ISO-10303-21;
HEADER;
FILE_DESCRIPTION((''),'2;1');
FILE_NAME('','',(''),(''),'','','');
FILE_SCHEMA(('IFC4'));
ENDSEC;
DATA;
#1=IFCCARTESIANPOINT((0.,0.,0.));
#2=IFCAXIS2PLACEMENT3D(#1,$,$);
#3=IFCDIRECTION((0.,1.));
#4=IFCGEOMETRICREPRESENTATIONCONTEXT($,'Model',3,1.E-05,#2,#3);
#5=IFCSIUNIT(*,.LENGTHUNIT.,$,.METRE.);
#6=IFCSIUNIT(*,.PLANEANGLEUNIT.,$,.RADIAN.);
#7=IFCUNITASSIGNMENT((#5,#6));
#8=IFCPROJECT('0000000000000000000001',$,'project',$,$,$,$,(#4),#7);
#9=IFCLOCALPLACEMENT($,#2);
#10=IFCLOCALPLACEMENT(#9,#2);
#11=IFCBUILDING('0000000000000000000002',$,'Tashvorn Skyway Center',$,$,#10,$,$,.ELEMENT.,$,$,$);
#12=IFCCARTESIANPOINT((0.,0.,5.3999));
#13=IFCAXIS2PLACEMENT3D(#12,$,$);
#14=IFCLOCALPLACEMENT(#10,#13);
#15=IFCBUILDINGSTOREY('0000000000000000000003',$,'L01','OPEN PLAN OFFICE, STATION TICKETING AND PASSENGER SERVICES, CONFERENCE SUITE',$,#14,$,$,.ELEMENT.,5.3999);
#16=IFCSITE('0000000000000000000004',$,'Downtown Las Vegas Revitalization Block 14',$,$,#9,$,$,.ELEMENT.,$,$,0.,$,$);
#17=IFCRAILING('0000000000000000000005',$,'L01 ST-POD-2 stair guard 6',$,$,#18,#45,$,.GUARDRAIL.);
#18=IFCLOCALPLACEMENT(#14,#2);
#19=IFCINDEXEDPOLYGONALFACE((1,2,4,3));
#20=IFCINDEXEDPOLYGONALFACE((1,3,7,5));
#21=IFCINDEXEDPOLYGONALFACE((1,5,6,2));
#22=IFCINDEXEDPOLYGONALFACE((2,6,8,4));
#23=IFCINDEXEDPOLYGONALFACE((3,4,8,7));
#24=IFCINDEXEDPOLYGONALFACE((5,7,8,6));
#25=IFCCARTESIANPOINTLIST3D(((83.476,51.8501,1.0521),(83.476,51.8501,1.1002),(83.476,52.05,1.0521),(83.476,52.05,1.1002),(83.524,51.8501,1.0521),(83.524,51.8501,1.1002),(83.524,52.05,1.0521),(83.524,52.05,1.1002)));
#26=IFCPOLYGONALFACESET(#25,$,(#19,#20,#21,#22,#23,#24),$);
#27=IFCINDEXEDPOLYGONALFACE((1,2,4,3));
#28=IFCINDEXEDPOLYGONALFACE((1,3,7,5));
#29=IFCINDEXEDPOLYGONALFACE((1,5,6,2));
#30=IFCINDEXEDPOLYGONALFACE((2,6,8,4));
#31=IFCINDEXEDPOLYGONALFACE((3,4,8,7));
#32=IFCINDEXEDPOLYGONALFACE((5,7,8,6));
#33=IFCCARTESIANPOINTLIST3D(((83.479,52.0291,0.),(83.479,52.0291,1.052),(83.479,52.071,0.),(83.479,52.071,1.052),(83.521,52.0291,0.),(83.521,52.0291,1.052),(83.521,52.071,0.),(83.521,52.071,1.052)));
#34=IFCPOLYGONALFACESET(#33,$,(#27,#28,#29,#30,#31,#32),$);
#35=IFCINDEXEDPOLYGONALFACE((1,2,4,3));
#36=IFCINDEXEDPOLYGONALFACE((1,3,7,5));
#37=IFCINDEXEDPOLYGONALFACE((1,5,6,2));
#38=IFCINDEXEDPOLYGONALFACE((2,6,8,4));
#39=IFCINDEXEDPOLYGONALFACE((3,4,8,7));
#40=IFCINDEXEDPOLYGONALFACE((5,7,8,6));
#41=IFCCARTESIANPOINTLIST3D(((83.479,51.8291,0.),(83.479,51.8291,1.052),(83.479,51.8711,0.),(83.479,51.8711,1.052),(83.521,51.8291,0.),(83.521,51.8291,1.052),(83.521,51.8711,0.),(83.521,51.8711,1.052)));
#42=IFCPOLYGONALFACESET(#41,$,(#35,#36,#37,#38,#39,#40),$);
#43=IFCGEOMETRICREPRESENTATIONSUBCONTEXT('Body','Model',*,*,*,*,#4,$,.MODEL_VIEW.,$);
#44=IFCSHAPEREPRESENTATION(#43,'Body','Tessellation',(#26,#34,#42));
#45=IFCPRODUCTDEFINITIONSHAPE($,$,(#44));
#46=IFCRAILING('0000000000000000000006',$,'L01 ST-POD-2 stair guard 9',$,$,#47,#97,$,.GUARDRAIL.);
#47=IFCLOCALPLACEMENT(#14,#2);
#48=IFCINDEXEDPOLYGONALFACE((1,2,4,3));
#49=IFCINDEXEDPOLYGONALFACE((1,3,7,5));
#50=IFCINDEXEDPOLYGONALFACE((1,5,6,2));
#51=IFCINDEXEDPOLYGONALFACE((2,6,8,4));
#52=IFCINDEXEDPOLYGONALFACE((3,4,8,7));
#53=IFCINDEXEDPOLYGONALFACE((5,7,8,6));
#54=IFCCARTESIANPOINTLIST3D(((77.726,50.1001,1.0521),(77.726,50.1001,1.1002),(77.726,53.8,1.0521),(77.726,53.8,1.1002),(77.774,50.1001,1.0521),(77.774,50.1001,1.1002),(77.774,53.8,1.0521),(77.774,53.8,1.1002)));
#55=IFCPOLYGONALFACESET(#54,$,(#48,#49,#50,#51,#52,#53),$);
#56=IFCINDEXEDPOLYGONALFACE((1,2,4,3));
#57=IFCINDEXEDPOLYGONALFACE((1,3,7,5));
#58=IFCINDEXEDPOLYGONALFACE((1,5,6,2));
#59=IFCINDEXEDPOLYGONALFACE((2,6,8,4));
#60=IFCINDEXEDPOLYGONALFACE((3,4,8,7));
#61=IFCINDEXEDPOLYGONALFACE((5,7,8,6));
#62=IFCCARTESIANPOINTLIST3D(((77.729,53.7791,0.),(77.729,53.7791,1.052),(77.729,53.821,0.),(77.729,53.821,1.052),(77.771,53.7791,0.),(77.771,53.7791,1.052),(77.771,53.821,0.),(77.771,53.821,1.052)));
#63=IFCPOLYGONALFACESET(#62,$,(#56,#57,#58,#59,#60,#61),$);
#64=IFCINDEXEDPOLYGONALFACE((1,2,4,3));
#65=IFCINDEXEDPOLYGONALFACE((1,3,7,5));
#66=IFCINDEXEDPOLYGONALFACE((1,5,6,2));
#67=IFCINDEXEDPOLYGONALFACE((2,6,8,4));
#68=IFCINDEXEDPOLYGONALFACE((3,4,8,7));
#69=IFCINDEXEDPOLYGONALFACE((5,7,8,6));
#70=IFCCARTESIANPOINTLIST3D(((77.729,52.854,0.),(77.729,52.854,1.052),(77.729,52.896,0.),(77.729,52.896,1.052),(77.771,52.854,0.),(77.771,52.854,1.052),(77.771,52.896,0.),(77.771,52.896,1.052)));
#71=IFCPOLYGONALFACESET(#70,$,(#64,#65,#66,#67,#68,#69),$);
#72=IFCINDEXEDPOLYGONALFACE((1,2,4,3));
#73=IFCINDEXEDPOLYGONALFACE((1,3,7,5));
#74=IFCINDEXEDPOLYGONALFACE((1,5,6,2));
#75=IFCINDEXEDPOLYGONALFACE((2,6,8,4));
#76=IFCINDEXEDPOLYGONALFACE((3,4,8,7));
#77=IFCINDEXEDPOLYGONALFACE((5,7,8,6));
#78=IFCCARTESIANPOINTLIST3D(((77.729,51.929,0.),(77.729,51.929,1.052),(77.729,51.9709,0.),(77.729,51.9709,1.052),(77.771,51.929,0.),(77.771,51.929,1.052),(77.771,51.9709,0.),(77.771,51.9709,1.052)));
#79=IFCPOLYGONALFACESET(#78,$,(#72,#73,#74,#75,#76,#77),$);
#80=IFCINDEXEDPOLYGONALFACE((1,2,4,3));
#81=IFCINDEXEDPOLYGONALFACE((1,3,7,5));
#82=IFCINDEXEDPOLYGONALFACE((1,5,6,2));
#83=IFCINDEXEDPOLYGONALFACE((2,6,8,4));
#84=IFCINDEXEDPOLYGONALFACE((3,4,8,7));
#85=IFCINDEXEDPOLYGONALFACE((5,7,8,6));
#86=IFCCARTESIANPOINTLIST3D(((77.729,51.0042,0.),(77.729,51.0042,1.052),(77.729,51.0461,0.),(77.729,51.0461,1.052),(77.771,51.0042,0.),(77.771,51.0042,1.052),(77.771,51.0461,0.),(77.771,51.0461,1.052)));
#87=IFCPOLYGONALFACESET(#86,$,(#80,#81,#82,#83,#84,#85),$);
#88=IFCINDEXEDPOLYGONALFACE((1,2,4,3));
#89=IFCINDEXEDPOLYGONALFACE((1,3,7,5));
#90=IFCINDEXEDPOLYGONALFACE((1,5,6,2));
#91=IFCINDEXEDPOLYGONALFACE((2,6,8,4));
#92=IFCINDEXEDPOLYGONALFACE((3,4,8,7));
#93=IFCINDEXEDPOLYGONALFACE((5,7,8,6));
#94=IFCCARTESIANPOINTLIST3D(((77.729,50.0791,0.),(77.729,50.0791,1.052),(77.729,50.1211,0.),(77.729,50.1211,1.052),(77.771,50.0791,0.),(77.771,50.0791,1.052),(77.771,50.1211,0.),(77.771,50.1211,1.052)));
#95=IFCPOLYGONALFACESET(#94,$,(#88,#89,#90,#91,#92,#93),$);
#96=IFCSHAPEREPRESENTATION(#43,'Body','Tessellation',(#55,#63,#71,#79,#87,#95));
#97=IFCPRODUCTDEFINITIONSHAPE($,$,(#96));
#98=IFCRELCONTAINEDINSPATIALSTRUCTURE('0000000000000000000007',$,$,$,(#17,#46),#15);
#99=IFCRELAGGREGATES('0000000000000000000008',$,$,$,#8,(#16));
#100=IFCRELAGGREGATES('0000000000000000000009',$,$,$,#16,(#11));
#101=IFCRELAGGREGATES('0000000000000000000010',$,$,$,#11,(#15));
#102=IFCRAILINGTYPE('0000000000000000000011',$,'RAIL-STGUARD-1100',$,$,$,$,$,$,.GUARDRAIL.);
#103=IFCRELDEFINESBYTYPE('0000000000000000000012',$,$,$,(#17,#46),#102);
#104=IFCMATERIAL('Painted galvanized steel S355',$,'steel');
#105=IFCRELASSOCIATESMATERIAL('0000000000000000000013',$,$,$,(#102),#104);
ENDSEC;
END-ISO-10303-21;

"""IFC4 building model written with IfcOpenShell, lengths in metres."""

from ifc_helpers import new_model, si_unit, direction, frame, origin, origin_2d, place, context, subcontext, project, spatial, rectangle, extrude, material, type_object, element, save


model = new_model("IFC4")

# Units and contexts
model_context = context("Model", 3, precision=1e-05, world=origin(), true_north=direction((0.0, 1.0)))
body_context = subcontext(model_context, "Body", "Model", "MODEL_VIEW")
ifc_project = project(units=[si_unit("LENGTHUNIT", "METRE"), si_unit("PLANEANGLEUNIT", "RADIAN")], contexts=[model_context])

# Site, building, storey
site_placement = place(None, origin())
site = spatial("IfcSite", under=ifc_project, at=site_placement, Name="Downtown Las Vegas Revitalization Block 14", CompositionType="ELEMENT", RefElevation=0.0)
building_placement = place(site_placement, origin())
building = spatial("IfcBuilding", under=site, at=building_placement, Name="Tashvorn Skyway Center", CompositionType="ELEMENT")
storey_placement = place(building_placement, frame((0.0, 0.0, 5.3999)))
storey = spatial("IfcBuildingStorey", under=building, at=storey_placement, Name="L01", Description="OPEN PLAN OFFICE, STATION TICKETING AND PASSENGER SERVICES, CONFERENCE SUITE", CompositionType="ELEMENT", Elevation=5.3999)

# Railings
ifc_material_1 = material(Name="Painted galvanized steel S355", Category="steel")
railing_type_1 = type_object("IfcRailingType", Name="RAIL-STGUARD-1100", PredefinedType="GUARDRAIL", material=ifc_material_1)
railing_1_placement = place(storey_placement, frame((83.5, 52.05, 0.0)))
element("IfcRailing", 1, at=railing_1_placement, inside=storey, type_object=railing_type_1, Name="L01 ST-POD-2 stair guard 6", PredefinedType="GUARDRAIL", context=body_context, shape_type="SweptSolid", body=[
    extrude(rectangle(XDim=0.0481, YDim=0.0481, at=origin_2d()), frame((0.0, 0.0, 1.0762), z_axis=(0.0, -1.0, 0.0), x_axis=(1.0, 0.0, 0.0)), (0.0, 0.0, 1.0), 0.2),
    extrude(rectangle(XDim=0.042, YDim=0.042, at=origin_2d()), origin(), (0.0, 0.0, 1.0), 1.052),
    extrude(rectangle(XDim=0.042, YDim=0.042, at=origin_2d()), frame((0.0, -0.2, 0.0)), (0.0, 0.0, 1.0), 1.052),
])
railing_2_placement = place(storey_placement, frame((77.75, 53.8, 0.0)))
element("IfcRailing", 2, at=railing_2_placement, inside=storey, type_object=railing_type_1, Name="L01 ST-POD-2 stair guard 9", PredefinedType="GUARDRAIL", context=body_context, shape_type="SweptSolid", body=[
    extrude(rectangle(XDim=0.0481, YDim=0.0481, at=origin_2d()), frame((0.0, 0.0, 1.0762), z_axis=(0.0, -1.0, 0.0), x_axis=(1.0, 0.0, 0.0)), (0.0, 0.0, 1.0), 3.7),
    extrude(rectangle(XDim=0.042, YDim=0.042, at=origin_2d()), origin(), (0.0, 0.0, 1.0), 1.052),
    extrude(rectangle(XDim=0.042, YDim=0.042, at=origin_2d()), frame((0.0, -0.925, 0.0)), (0.0, 0.0, 1.0), 1.052),
    extrude(rectangle(XDim=0.042, YDim=0.042, at=origin_2d()), frame((0.0, -1.8501, 0.0)), (0.0, 0.0, 1.0), 1.052),
    extrude(rectangle(XDim=0.042, YDim=0.042, at=origin_2d()), frame((0.0, -2.7749, 0.0)), (0.0, 0.0, 1.0), 1.052),
    extrude(rectangle(XDim=0.042, YDim=0.042, at=origin_2d()), frame((0.0, -3.7, 0.0)), (0.0, 0.0, 1.0), 1.052),
])

save(model, "model.ifc")
